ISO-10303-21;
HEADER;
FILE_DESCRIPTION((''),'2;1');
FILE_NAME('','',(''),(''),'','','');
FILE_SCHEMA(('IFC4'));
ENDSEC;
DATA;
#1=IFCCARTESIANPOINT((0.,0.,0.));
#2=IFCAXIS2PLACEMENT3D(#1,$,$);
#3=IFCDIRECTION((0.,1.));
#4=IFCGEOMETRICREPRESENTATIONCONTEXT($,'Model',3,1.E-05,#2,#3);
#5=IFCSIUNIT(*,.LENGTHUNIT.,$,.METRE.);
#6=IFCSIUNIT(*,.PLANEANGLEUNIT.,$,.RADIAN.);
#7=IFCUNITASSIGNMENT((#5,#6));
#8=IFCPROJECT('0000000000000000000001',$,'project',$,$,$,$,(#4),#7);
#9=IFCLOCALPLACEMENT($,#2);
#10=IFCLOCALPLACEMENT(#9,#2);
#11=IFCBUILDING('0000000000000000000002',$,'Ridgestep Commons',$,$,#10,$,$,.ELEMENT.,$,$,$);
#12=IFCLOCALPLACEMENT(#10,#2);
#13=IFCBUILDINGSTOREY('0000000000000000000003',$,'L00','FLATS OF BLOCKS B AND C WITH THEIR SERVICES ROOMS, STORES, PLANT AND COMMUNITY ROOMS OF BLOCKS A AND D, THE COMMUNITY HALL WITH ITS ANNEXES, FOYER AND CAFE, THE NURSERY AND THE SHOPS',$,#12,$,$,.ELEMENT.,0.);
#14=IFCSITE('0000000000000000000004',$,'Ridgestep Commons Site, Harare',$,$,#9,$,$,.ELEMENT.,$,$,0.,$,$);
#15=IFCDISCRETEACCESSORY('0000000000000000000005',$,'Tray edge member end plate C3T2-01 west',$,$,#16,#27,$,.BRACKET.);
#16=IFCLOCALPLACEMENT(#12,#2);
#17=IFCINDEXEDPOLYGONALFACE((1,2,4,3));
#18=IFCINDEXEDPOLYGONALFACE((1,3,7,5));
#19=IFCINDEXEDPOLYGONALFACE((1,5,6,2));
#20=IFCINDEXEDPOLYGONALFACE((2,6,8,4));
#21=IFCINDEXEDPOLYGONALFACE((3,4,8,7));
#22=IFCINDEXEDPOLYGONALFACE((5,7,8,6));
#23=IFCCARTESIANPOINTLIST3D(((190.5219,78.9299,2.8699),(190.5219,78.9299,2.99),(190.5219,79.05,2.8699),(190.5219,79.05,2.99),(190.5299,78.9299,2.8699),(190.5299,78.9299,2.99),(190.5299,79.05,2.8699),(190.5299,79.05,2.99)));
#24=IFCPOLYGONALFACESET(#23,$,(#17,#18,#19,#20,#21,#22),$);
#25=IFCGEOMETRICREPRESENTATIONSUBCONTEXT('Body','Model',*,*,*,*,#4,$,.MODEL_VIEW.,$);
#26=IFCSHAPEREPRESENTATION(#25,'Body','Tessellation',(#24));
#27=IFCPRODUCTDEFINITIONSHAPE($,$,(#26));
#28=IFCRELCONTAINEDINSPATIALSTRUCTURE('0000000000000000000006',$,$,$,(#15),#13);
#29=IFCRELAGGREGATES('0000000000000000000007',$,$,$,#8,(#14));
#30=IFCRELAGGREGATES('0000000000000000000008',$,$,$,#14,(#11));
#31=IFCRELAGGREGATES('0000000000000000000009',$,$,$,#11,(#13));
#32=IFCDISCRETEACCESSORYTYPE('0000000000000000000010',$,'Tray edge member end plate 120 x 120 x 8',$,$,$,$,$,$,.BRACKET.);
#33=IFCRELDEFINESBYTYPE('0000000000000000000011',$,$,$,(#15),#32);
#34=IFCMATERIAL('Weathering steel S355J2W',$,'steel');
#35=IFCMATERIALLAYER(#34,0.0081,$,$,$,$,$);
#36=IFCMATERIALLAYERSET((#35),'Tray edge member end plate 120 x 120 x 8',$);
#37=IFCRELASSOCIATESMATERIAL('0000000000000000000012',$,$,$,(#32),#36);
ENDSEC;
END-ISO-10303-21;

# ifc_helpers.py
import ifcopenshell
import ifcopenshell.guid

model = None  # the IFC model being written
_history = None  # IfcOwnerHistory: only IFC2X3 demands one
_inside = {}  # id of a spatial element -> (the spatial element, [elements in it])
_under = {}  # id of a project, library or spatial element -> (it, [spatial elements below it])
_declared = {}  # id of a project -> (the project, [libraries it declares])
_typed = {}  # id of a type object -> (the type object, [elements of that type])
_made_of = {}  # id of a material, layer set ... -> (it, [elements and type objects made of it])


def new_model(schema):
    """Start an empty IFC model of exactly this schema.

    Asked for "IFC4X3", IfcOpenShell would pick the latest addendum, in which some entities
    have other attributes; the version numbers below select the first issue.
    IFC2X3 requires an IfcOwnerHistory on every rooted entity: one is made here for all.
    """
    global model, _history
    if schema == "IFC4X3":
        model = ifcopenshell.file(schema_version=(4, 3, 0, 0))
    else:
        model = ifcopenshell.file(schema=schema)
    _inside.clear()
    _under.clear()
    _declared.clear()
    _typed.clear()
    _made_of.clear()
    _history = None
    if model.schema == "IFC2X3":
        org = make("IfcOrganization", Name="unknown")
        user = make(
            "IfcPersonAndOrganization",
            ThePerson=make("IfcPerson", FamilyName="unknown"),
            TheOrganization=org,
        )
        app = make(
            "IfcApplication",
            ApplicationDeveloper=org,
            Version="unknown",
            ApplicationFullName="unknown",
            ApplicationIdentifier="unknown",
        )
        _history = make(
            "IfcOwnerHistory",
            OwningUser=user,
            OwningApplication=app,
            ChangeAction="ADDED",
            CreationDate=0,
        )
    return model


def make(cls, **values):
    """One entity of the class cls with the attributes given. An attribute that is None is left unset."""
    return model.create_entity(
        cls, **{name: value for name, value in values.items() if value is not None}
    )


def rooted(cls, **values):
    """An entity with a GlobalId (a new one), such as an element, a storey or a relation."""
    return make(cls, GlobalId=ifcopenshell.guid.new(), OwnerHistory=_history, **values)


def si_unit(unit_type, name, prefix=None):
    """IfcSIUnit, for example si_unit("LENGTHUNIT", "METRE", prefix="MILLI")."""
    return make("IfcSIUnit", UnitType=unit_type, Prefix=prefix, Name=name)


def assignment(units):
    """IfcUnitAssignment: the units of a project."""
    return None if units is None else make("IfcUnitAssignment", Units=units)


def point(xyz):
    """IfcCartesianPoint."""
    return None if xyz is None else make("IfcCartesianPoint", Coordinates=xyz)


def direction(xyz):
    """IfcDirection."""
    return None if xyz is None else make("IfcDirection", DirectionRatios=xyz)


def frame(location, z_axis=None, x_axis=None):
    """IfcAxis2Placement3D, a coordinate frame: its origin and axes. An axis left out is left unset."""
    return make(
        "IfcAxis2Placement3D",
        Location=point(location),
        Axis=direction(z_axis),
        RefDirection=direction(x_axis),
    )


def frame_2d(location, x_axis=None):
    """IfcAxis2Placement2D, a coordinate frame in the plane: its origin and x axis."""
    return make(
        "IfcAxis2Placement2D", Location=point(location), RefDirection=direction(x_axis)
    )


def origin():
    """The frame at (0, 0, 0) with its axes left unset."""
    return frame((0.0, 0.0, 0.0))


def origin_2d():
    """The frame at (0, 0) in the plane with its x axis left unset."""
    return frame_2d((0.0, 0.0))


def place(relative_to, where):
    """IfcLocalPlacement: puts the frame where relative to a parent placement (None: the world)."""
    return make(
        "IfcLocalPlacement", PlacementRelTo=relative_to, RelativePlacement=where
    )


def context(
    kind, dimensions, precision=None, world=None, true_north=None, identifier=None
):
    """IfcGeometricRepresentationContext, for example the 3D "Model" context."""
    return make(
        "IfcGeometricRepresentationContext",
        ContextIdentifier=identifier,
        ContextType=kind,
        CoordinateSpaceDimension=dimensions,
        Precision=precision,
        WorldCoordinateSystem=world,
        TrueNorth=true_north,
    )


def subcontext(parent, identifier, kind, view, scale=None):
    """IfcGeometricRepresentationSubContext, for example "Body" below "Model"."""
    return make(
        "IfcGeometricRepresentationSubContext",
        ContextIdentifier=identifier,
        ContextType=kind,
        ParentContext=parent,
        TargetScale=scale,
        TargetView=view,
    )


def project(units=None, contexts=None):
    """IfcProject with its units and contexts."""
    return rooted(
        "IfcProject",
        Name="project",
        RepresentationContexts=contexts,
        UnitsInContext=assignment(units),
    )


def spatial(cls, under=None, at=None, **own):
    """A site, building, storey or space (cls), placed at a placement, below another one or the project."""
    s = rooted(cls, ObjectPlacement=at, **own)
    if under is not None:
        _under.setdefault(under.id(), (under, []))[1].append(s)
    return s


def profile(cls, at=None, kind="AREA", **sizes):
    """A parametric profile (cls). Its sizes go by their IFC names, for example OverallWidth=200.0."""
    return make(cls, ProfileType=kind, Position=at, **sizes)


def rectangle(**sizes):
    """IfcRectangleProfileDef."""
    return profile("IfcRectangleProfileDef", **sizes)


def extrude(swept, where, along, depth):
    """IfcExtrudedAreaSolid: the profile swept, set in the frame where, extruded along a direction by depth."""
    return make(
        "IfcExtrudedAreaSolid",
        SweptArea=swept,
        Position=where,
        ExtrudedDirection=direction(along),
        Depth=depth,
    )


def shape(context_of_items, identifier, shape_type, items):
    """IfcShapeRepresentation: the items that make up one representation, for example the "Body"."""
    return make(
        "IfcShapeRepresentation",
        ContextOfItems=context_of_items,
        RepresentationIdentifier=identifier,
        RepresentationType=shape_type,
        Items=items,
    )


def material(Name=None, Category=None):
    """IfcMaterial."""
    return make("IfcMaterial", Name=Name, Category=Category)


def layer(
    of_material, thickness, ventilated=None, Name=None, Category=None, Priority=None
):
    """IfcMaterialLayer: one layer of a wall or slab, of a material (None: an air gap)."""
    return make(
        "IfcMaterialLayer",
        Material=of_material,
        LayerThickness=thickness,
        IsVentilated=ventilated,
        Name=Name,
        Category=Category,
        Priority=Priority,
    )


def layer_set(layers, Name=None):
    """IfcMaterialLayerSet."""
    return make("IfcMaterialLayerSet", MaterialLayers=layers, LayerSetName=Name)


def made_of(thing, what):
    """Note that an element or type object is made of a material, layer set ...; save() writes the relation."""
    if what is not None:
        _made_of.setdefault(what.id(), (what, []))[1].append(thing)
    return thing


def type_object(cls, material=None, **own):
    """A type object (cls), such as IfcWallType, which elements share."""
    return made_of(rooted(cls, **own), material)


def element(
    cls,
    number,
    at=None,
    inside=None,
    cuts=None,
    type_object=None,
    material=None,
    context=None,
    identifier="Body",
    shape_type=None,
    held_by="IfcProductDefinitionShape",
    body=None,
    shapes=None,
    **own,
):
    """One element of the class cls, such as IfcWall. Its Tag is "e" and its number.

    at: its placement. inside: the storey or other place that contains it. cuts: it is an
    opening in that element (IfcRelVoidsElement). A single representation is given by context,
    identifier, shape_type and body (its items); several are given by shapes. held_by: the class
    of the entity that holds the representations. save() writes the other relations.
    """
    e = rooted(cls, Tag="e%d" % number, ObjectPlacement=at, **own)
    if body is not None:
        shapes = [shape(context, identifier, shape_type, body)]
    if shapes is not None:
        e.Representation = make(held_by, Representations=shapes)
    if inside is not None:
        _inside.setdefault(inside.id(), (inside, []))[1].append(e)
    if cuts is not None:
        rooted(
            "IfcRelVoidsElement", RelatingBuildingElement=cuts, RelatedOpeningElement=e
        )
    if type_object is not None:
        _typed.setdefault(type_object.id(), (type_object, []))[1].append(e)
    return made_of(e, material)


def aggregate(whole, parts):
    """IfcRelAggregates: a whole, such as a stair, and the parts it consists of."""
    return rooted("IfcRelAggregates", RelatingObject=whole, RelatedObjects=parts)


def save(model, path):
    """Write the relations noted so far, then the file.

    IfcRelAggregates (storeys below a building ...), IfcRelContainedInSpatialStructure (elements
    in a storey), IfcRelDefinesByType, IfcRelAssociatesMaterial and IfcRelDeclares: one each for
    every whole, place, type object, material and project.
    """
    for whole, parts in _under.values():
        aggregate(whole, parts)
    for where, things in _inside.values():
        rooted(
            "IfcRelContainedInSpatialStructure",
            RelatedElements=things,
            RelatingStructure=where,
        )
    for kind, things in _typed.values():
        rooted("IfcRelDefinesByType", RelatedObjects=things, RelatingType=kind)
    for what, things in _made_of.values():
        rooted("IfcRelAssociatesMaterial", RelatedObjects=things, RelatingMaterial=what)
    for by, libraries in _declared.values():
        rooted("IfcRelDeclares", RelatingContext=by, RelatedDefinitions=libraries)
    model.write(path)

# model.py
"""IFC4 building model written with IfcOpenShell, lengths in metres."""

from ifc_helpers import new_model, si_unit, direction, frame, origin, origin_2d, place, context, subcontext, project, spatial, rectangle, extrude, material, layer, layer_set, type_object, element, save


model = new_model("IFC4")

# Units and contexts
model_context = context("Model", 3, precision=1e-05, world=origin(), true_north=direction((0.0, 1.0)))
body_context = subcontext(model_context, "Body", "Model", "MODEL_VIEW")
ifc_project = project(units=[si_unit("LENGTHUNIT", "METRE"), si_unit("PLANEANGLEUNIT", "RADIAN")], contexts=[model_context])

# Site, building, storey
site_placement = place(None, origin())
site = spatial("IfcSite", under=ifc_project, at=site_placement, Name="Ridgestep Commons Site, Harare", CompositionType="ELEMENT", RefElevation=0.0)
building_placement = place(site_placement, origin())
building = spatial("IfcBuilding", under=site, at=building_placement, Name="Ridgestep Commons", CompositionType="ELEMENT")
storey_placement = place(building_placement, origin())
storey = spatial("IfcBuildingStorey", under=building, at=storey_placement, Name="L00", Description="FLATS OF BLOCKS B AND C WITH THEIR SERVICES ROOMS, STORES, PLANT AND COMMUNITY ROOMS OF BLOCKS A AND D, THE COMMUNITY HALL WITH ITS ANNEXES, FOYER AND CAFE, THE NURSERY AND THE SHOPS", CompositionType="ELEMENT", Elevation=0.0)

# Discrete accessory
ifc_material_1 = material(Name="Weathering steel S355J2W", Category="steel")
ifc_layer_1 = layer(ifc_material_1, 0.0081)
ifc_layer_set_1 = layer_set([ifc_layer_1], Name="Tray edge member end plate 120 x 120 x 8")
discrete_accessory_type_1 = type_object("IfcDiscreteAccessoryType", Name="Tray edge member end plate 120 x 120 x 8", PredefinedType="BRACKET", material=ifc_layer_set_1)
discrete_accessory_placement = place(storey_placement, frame((190.5259, 78.99, 2.8699), z_axis=(0.0, 0.0, 1.0), x_axis=(1.0, 0.0, 0.0)))
element("IfcDiscreteAccessory", 1, at=discrete_accessory_placement, inside=storey, type_object=discrete_accessory_type_1, Name="Tray edge member end plate C3T2-01 west", PredefinedType="BRACKET", context=body_context, shape_type="SweptSolid", body=[
    extrude(rectangle(XDim=0.0081, YDim=0.1201, at=origin_2d()), origin(), (0.0, 0.0, 1.0), 0.1201),
])

save(model, "model.ifc")
